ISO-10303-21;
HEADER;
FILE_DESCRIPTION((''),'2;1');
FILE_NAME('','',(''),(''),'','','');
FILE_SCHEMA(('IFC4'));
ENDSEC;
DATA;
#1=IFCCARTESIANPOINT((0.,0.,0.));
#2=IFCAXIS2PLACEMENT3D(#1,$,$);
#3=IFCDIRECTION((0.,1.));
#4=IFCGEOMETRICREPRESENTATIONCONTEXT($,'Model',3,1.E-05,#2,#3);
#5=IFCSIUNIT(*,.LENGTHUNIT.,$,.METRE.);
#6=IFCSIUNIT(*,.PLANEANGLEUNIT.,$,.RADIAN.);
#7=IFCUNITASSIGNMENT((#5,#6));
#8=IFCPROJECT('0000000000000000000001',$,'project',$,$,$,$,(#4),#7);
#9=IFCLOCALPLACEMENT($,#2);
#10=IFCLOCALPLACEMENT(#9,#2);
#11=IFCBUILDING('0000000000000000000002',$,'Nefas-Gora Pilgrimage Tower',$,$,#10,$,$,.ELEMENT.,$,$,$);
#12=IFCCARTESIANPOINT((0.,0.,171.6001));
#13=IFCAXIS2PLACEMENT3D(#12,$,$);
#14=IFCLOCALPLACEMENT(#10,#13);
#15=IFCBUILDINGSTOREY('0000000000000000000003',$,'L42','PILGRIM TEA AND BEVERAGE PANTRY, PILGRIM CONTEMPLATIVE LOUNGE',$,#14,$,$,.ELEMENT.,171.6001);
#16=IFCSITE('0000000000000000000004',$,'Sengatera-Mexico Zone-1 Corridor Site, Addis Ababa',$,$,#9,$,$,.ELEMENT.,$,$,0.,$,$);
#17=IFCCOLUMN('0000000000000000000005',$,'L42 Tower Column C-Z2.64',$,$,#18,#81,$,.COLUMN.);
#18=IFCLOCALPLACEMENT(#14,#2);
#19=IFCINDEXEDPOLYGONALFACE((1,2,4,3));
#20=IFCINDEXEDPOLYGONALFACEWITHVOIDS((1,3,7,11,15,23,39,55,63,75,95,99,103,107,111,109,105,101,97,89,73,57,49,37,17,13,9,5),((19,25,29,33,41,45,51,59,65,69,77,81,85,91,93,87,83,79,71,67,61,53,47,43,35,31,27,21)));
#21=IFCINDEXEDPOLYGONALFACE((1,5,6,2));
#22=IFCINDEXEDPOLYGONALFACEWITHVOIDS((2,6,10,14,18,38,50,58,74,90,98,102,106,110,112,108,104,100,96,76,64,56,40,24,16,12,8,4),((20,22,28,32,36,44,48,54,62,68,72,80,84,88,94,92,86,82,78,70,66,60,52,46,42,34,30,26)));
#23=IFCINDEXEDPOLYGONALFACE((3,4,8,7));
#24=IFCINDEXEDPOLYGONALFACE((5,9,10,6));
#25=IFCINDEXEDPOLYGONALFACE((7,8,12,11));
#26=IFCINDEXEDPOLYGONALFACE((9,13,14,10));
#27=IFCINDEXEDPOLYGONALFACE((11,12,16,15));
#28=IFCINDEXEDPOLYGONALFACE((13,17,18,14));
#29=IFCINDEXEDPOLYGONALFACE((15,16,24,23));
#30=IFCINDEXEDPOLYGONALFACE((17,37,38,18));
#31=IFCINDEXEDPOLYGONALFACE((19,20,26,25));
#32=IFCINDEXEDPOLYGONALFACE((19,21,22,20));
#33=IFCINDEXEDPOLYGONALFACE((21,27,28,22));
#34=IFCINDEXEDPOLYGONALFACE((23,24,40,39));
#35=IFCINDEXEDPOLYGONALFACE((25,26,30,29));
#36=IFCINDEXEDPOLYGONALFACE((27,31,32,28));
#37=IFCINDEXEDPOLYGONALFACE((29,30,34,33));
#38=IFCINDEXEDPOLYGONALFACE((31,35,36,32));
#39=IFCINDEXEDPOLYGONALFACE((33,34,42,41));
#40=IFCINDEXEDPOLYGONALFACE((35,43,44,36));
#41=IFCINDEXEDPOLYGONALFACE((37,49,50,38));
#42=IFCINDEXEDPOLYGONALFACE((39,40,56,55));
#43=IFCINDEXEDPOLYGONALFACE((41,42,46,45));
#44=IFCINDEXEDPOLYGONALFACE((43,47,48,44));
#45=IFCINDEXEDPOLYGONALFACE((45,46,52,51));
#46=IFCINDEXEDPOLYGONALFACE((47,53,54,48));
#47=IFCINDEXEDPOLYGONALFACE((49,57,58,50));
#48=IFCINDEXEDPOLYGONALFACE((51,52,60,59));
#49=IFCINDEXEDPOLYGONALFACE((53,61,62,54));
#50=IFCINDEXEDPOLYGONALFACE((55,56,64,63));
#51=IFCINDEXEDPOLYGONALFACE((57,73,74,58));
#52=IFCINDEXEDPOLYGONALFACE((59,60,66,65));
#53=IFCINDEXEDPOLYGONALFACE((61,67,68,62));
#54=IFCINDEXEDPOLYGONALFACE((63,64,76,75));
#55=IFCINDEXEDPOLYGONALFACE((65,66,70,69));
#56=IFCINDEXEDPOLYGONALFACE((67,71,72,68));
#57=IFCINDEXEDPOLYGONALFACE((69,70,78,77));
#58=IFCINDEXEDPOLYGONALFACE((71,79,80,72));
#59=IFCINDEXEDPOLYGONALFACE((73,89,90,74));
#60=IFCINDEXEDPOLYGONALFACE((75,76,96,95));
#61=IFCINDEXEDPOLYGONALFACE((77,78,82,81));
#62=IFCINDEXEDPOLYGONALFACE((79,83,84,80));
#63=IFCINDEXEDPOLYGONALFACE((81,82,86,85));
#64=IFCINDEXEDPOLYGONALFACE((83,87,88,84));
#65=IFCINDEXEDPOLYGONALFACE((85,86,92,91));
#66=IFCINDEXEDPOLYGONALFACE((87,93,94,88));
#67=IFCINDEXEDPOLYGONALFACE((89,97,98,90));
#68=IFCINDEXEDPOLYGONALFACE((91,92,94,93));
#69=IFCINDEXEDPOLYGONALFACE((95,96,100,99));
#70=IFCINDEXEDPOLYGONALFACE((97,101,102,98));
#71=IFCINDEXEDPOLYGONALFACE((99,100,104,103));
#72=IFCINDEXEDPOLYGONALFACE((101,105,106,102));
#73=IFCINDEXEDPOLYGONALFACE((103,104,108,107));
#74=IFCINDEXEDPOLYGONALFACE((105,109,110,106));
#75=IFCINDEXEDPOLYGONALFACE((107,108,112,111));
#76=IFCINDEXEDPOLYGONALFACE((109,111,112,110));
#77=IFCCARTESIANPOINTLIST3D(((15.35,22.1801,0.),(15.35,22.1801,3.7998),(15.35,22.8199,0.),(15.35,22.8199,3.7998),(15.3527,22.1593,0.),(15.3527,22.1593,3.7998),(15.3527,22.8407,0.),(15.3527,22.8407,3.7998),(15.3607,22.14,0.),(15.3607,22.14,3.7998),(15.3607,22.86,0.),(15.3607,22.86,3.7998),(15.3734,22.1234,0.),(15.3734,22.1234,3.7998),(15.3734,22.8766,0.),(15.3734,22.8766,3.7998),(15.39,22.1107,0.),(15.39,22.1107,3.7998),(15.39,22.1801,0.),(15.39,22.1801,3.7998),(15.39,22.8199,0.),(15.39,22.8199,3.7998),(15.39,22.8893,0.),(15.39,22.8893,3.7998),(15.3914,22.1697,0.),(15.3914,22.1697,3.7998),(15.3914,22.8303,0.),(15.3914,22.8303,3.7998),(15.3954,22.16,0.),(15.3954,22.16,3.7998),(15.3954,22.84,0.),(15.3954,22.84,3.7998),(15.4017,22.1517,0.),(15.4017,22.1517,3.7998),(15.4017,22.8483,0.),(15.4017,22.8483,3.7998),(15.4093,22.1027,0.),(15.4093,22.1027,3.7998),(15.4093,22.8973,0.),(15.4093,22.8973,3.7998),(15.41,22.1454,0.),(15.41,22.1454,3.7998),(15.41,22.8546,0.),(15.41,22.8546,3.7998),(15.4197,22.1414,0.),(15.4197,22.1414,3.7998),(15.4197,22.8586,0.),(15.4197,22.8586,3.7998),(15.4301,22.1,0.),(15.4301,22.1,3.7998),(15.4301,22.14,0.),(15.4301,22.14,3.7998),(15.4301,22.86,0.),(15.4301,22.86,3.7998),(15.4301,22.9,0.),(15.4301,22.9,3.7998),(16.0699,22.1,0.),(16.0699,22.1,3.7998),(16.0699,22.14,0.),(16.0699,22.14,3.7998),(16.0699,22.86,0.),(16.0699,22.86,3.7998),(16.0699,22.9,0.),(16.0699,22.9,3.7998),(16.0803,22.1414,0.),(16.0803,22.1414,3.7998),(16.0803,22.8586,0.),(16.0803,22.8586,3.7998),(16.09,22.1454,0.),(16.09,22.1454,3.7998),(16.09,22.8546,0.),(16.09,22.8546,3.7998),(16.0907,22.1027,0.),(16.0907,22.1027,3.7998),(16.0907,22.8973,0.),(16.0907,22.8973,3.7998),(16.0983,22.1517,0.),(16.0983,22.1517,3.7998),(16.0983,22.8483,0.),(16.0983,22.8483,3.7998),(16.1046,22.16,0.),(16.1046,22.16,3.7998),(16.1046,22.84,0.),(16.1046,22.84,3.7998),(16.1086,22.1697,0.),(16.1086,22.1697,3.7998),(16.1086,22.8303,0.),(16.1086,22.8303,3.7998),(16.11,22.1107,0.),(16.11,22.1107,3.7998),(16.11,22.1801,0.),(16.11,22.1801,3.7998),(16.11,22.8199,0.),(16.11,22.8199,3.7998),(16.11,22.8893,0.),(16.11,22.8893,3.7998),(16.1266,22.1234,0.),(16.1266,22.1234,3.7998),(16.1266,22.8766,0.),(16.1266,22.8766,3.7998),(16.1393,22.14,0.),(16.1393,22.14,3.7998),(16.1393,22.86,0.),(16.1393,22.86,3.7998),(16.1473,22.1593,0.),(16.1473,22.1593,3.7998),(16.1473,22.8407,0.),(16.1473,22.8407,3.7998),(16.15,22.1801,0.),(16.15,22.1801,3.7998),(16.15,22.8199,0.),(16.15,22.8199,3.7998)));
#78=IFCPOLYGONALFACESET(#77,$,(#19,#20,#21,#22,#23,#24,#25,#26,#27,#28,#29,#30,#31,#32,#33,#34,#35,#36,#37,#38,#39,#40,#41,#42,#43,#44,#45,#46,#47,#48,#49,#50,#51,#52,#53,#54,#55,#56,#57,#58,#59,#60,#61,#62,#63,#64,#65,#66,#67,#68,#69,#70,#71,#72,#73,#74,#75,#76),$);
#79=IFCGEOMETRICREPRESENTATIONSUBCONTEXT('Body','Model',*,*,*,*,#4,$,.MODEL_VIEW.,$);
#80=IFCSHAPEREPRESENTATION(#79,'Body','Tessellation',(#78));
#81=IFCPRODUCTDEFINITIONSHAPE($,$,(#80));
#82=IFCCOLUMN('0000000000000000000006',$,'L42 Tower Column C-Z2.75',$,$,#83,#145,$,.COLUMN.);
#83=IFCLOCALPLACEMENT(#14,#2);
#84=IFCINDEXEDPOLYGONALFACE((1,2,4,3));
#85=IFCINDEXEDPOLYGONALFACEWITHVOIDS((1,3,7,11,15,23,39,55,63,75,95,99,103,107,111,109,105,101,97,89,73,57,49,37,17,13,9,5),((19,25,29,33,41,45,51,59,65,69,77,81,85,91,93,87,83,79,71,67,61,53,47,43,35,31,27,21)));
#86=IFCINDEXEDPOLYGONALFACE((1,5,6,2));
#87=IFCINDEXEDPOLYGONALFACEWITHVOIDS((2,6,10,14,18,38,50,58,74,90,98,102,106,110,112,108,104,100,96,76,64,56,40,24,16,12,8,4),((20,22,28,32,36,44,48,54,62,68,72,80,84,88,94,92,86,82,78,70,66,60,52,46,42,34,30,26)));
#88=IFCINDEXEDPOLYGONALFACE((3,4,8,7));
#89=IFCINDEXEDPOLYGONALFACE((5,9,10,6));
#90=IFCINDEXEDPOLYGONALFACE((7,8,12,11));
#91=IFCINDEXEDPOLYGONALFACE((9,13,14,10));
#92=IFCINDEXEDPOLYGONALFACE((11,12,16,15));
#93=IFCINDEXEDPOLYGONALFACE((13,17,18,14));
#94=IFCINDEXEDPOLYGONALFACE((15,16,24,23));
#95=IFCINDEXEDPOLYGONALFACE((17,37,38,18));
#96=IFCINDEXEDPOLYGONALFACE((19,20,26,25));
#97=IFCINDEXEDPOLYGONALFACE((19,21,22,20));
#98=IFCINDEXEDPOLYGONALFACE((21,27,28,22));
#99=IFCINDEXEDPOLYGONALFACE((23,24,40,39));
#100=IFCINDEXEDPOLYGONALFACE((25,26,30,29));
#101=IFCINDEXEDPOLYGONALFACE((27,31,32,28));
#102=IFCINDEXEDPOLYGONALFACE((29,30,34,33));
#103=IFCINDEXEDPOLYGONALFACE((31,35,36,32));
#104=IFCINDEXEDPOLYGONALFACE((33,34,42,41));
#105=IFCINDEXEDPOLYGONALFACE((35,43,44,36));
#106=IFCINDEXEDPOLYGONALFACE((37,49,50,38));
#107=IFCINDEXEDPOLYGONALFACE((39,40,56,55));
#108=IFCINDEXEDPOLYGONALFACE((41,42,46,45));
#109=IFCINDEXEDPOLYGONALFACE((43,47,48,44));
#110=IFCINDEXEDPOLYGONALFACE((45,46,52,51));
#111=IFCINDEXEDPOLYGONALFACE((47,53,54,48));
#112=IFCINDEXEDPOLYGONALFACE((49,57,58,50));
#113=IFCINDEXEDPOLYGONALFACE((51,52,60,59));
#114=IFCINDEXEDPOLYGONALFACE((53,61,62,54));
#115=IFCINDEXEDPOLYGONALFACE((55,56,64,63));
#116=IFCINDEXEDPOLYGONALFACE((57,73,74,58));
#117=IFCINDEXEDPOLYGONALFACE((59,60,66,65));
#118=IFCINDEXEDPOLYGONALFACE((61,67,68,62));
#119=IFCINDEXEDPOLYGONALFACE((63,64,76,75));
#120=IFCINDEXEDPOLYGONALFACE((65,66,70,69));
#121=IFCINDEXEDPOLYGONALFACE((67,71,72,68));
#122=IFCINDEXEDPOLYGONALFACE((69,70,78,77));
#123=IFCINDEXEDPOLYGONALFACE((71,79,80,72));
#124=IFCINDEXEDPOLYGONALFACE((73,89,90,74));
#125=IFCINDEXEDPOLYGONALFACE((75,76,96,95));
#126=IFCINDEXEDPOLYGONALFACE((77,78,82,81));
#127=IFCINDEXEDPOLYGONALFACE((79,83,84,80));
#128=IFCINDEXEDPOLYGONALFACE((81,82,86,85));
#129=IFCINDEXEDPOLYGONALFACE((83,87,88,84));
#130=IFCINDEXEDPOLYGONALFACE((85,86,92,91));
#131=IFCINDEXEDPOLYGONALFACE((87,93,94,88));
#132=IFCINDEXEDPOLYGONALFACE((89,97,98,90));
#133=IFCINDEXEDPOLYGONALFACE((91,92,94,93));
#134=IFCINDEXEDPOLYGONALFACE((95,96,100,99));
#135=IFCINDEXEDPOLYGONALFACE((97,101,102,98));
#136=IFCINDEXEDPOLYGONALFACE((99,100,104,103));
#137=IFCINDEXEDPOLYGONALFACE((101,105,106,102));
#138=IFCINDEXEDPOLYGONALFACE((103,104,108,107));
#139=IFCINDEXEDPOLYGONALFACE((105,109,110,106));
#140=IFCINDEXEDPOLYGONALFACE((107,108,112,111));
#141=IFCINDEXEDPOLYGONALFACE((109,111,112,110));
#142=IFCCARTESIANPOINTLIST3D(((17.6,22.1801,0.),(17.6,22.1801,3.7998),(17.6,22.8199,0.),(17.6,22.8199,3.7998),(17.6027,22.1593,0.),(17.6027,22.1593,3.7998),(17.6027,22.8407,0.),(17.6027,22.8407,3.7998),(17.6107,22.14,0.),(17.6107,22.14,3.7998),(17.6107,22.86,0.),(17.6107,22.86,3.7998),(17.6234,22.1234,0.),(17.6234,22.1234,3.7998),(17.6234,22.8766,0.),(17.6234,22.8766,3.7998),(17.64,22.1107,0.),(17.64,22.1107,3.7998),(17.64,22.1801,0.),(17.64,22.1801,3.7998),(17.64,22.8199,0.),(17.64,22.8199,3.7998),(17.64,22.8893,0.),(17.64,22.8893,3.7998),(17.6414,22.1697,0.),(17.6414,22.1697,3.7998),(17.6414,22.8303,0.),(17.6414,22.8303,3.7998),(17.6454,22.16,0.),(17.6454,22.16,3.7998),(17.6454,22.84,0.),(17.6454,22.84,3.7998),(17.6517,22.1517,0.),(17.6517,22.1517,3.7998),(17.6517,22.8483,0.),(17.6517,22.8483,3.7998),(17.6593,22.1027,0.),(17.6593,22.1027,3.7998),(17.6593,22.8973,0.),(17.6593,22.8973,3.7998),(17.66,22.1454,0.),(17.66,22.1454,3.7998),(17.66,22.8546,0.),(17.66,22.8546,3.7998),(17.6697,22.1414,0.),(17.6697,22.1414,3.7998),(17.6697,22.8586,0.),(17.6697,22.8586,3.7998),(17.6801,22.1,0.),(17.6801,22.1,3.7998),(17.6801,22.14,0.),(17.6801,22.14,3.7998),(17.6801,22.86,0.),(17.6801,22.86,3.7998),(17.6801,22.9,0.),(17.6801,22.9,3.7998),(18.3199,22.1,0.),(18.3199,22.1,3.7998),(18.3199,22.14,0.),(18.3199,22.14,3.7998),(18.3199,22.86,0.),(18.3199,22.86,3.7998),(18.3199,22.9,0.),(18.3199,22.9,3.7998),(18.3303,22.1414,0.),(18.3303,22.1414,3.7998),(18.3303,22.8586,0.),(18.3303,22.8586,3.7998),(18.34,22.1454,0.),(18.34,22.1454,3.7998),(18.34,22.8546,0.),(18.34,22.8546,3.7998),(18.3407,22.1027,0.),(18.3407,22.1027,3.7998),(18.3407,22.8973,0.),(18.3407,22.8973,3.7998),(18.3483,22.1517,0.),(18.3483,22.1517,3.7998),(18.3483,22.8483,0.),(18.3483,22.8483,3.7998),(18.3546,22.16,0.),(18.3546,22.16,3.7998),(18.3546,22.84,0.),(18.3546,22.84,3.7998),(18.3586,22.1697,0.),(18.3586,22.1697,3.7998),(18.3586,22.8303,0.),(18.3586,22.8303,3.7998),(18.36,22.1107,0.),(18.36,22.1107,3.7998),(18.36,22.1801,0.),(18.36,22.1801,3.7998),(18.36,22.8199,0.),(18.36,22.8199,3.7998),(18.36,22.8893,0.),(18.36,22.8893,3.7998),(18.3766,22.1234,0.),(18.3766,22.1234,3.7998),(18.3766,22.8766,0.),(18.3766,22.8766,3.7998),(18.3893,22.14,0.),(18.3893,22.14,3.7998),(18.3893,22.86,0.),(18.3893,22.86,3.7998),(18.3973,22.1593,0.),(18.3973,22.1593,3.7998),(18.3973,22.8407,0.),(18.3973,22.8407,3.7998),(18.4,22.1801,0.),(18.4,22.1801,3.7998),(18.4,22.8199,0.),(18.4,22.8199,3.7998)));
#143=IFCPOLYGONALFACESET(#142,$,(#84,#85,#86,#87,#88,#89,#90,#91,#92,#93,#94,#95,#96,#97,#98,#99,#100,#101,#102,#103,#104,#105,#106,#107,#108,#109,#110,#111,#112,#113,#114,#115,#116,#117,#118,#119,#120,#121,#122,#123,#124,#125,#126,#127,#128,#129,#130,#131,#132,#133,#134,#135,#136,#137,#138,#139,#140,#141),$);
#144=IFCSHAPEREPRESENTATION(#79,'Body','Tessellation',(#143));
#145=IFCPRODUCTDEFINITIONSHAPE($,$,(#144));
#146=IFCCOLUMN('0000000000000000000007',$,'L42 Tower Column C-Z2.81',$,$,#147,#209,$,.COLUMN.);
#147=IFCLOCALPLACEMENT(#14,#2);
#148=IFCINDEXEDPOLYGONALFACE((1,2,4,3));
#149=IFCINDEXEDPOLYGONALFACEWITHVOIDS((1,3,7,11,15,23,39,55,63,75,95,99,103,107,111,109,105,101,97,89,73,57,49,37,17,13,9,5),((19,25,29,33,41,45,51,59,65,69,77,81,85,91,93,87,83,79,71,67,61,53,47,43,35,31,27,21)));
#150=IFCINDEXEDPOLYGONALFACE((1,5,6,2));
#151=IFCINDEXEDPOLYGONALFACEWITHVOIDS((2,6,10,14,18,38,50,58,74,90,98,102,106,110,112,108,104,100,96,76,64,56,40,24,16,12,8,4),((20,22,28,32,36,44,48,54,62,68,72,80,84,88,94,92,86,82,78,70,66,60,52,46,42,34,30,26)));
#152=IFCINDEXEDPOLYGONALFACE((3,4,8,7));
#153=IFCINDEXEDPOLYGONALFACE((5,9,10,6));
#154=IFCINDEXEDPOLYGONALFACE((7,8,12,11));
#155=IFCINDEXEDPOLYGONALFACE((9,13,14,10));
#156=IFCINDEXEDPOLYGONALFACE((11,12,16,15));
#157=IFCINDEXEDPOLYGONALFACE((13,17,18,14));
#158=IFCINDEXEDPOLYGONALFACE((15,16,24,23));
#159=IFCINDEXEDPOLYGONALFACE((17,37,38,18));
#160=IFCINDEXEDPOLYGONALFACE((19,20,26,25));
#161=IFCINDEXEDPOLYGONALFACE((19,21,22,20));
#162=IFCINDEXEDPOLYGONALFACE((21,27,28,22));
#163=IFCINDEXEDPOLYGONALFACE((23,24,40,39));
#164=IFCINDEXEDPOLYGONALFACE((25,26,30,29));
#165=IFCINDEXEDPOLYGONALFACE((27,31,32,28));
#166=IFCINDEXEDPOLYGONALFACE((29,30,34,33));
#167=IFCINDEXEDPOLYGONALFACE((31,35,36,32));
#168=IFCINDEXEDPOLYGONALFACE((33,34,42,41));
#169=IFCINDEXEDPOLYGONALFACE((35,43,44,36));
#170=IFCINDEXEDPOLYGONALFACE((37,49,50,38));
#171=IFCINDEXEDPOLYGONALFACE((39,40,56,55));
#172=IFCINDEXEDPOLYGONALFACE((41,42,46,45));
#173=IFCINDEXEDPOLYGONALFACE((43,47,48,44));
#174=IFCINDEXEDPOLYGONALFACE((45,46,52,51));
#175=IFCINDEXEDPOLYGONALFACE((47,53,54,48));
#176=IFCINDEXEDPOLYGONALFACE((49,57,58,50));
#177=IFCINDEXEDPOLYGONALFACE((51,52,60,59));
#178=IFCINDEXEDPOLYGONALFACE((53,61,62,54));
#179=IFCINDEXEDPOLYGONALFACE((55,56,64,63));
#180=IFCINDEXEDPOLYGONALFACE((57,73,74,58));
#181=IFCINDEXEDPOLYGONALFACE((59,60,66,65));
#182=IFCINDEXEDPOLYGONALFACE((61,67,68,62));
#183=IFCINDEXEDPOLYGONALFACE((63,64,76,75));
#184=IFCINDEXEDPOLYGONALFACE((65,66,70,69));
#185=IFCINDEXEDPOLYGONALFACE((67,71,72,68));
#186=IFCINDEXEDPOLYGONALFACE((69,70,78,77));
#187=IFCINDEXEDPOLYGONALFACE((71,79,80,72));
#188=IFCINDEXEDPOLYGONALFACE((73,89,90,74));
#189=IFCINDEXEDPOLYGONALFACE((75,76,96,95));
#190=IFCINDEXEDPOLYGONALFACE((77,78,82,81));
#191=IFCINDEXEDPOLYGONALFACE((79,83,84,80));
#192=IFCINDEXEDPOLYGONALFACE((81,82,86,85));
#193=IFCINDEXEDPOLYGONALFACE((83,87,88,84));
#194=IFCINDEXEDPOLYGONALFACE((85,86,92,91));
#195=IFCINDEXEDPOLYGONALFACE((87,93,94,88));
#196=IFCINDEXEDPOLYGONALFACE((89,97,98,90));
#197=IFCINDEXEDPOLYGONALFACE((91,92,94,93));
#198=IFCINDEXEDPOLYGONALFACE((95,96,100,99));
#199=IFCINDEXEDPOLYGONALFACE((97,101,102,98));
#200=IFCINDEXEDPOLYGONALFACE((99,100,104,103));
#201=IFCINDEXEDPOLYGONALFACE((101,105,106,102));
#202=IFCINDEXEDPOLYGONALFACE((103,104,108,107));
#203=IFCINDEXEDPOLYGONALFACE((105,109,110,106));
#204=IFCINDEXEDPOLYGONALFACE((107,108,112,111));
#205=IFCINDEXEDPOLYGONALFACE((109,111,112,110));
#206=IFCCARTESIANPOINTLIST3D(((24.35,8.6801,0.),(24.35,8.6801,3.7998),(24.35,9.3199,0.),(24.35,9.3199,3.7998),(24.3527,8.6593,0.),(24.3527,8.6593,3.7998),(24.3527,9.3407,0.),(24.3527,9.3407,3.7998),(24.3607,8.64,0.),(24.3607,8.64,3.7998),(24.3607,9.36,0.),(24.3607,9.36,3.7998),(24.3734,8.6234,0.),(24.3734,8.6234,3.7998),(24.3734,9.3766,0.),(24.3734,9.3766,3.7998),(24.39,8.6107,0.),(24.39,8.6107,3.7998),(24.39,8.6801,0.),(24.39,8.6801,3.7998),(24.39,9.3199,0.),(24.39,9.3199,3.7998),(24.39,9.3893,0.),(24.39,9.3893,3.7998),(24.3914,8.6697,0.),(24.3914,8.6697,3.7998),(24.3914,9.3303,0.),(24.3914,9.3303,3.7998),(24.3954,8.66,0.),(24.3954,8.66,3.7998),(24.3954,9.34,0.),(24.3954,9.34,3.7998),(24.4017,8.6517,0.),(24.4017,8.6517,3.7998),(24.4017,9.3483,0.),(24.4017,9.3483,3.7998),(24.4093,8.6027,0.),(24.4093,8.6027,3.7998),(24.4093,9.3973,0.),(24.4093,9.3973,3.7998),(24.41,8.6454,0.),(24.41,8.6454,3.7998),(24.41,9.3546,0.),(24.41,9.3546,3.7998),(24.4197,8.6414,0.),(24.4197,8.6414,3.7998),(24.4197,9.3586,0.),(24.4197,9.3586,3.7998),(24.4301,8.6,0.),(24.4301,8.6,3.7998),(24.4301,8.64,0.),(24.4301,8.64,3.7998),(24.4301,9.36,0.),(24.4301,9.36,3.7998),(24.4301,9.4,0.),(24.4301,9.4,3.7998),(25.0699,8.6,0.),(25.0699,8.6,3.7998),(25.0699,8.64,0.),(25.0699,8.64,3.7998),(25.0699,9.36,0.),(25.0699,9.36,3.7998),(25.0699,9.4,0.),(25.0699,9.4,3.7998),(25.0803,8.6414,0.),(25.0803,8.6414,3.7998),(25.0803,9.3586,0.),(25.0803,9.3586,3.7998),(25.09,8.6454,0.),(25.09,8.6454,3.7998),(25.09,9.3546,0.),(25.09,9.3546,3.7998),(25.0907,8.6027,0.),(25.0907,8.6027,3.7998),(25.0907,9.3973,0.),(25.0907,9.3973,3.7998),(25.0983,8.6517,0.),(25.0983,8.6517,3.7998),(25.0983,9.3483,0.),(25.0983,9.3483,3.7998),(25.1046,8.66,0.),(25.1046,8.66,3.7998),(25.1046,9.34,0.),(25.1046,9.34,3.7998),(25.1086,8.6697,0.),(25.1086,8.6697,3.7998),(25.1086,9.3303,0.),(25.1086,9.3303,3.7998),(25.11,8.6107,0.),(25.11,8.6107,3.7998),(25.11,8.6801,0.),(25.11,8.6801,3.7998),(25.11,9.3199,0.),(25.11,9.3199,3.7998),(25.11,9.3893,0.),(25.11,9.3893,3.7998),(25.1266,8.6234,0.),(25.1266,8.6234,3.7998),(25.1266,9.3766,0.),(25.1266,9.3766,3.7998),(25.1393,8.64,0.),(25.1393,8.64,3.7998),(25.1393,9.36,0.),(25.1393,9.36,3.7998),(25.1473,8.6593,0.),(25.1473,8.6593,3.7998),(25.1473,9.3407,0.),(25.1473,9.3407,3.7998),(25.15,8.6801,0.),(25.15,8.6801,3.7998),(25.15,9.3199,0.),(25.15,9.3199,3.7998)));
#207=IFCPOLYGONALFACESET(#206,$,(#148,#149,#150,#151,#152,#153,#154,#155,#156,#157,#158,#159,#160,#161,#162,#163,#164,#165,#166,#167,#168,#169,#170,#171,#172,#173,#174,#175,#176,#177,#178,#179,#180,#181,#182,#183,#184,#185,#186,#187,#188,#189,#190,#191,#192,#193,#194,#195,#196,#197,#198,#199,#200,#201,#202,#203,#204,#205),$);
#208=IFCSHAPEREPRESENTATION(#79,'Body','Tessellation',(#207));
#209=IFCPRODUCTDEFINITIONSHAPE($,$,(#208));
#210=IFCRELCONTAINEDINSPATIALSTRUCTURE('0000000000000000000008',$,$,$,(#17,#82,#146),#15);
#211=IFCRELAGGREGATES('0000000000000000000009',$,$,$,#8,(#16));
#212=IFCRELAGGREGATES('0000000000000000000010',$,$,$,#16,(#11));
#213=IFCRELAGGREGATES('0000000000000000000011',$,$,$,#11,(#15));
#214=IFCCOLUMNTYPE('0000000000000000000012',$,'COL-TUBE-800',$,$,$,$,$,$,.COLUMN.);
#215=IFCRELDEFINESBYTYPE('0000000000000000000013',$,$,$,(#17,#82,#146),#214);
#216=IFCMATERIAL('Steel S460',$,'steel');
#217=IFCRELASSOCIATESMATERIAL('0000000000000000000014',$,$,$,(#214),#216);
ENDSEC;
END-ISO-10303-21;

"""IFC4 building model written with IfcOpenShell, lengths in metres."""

from ifc_helpers import new_model, si_unit, direction, frame, origin, origin_2d, place, context, subcontext, project, spatial, hollow_rectangle, extrude, source, transform, mapped, material, material_profile, profile_set, type_object, element, save


model = new_model("IFC4")

# Units and contexts
model_context = context("Model", 3, precision=1e-05, world=origin(), true_north=direction((0.0, 1.0)))
body_context = subcontext(model_context, "Body", "Model", "MODEL_VIEW")
ifc_project = project(units=[si_unit("LENGTHUNIT", "METRE"), si_unit("PLANEANGLEUNIT", "RADIAN")], contexts=[model_context])

# Site, building, storey
site_placement = place(None, origin())
site = spatial("IfcSite", under=ifc_project, at=site_placement, Name="Sengatera-Mexico Zone-1 Corridor Site, Addis Ababa", CompositionType="ELEMENT", RefElevation=0.0)
building_placement = place(site_placement, origin())
building = spatial("IfcBuilding", under=site, at=building_placement, Name="Nefas-Gora Pilgrimage Tower", CompositionType="ELEMENT")
storey_placement = place(building_placement, frame((0.0, 0.0, 171.6001)))
storey = spatial("IfcBuildingStorey", under=building, at=storey_placement, Name="L42", Description="PILGRIM TEA AND BEVERAGE PANTRY, PILGRIM CONTEMPLATIVE LOUNGE", CompositionType="ELEMENT", Elevation=171.6001)

# Columns
ifc_material_1 = material(Name="Steel S460", Category="steel")
ifc_material_profile_1 = material_profile(ifc_material_1, hollow_rectangle(XDim=0.8, YDim=0.8, WallThickness=0.04, InnerFilletRadius=0.04, OuterFilletRadius=0.0801, at=origin_2d()), Name="BOX 800x800x40")
ifc_profile_set_1 = profile_set([ifc_material_profile_1], Name="Steel S460")
column_type_1 = type_object("IfcColumnType", Name="COL-TUBE-800", PredefinedType="COLUMN", material=ifc_profile_set_1)
shared_shape_1 = source(origin(), body_context, "Body", "SweptSolid", [
    extrude(hollow_rectangle(XDim=0.8, YDim=0.8, WallThickness=0.04, InnerFilletRadius=0.04, OuterFilletRadius=0.0801, at=origin_2d()), origin(), (0.0, 0.0, 1.0), 3.7998),
])
for number, where, z_axis, x_axis, name in (
    (1, (15.75, 22.5, 0.0), (0.0, 0.0, 1.0), (1.0, 0.0, 0.0), "L42 Tower Column C-Z2.64"),
    (2, (18.0, 22.5, 0.0), (0.0, 0.0, 1.0), (1.0, 0.0, 0.0), "L42 Tower Column C-Z2.75"),
    (3, (24.75, 9.0, 0.0), (0.0, 0.0, 1.0), (1.0, 0.0, 0.0), "L42 Tower Column C-Z2.81"),
):
    element("IfcColumn", number, at=place(storey_placement, frame(where, z_axis=z_axis, x_axis=x_axis)), inside=storey, type_object=column_type_1, Name=name, PredefinedType="COLUMN", context=body_context, shape_type="MappedRepresentation", body=[
        mapped(shared_shape_1, transform((0.0, 0.0, 0.0), x_axis=(1.0, 0.0, 0.0), y_axis=(0.0, 1.0, 0.0), z_axis=(0.0, 0.0, 1.0), scale=1.0)),
    ])

save(model, "model.ifc")
